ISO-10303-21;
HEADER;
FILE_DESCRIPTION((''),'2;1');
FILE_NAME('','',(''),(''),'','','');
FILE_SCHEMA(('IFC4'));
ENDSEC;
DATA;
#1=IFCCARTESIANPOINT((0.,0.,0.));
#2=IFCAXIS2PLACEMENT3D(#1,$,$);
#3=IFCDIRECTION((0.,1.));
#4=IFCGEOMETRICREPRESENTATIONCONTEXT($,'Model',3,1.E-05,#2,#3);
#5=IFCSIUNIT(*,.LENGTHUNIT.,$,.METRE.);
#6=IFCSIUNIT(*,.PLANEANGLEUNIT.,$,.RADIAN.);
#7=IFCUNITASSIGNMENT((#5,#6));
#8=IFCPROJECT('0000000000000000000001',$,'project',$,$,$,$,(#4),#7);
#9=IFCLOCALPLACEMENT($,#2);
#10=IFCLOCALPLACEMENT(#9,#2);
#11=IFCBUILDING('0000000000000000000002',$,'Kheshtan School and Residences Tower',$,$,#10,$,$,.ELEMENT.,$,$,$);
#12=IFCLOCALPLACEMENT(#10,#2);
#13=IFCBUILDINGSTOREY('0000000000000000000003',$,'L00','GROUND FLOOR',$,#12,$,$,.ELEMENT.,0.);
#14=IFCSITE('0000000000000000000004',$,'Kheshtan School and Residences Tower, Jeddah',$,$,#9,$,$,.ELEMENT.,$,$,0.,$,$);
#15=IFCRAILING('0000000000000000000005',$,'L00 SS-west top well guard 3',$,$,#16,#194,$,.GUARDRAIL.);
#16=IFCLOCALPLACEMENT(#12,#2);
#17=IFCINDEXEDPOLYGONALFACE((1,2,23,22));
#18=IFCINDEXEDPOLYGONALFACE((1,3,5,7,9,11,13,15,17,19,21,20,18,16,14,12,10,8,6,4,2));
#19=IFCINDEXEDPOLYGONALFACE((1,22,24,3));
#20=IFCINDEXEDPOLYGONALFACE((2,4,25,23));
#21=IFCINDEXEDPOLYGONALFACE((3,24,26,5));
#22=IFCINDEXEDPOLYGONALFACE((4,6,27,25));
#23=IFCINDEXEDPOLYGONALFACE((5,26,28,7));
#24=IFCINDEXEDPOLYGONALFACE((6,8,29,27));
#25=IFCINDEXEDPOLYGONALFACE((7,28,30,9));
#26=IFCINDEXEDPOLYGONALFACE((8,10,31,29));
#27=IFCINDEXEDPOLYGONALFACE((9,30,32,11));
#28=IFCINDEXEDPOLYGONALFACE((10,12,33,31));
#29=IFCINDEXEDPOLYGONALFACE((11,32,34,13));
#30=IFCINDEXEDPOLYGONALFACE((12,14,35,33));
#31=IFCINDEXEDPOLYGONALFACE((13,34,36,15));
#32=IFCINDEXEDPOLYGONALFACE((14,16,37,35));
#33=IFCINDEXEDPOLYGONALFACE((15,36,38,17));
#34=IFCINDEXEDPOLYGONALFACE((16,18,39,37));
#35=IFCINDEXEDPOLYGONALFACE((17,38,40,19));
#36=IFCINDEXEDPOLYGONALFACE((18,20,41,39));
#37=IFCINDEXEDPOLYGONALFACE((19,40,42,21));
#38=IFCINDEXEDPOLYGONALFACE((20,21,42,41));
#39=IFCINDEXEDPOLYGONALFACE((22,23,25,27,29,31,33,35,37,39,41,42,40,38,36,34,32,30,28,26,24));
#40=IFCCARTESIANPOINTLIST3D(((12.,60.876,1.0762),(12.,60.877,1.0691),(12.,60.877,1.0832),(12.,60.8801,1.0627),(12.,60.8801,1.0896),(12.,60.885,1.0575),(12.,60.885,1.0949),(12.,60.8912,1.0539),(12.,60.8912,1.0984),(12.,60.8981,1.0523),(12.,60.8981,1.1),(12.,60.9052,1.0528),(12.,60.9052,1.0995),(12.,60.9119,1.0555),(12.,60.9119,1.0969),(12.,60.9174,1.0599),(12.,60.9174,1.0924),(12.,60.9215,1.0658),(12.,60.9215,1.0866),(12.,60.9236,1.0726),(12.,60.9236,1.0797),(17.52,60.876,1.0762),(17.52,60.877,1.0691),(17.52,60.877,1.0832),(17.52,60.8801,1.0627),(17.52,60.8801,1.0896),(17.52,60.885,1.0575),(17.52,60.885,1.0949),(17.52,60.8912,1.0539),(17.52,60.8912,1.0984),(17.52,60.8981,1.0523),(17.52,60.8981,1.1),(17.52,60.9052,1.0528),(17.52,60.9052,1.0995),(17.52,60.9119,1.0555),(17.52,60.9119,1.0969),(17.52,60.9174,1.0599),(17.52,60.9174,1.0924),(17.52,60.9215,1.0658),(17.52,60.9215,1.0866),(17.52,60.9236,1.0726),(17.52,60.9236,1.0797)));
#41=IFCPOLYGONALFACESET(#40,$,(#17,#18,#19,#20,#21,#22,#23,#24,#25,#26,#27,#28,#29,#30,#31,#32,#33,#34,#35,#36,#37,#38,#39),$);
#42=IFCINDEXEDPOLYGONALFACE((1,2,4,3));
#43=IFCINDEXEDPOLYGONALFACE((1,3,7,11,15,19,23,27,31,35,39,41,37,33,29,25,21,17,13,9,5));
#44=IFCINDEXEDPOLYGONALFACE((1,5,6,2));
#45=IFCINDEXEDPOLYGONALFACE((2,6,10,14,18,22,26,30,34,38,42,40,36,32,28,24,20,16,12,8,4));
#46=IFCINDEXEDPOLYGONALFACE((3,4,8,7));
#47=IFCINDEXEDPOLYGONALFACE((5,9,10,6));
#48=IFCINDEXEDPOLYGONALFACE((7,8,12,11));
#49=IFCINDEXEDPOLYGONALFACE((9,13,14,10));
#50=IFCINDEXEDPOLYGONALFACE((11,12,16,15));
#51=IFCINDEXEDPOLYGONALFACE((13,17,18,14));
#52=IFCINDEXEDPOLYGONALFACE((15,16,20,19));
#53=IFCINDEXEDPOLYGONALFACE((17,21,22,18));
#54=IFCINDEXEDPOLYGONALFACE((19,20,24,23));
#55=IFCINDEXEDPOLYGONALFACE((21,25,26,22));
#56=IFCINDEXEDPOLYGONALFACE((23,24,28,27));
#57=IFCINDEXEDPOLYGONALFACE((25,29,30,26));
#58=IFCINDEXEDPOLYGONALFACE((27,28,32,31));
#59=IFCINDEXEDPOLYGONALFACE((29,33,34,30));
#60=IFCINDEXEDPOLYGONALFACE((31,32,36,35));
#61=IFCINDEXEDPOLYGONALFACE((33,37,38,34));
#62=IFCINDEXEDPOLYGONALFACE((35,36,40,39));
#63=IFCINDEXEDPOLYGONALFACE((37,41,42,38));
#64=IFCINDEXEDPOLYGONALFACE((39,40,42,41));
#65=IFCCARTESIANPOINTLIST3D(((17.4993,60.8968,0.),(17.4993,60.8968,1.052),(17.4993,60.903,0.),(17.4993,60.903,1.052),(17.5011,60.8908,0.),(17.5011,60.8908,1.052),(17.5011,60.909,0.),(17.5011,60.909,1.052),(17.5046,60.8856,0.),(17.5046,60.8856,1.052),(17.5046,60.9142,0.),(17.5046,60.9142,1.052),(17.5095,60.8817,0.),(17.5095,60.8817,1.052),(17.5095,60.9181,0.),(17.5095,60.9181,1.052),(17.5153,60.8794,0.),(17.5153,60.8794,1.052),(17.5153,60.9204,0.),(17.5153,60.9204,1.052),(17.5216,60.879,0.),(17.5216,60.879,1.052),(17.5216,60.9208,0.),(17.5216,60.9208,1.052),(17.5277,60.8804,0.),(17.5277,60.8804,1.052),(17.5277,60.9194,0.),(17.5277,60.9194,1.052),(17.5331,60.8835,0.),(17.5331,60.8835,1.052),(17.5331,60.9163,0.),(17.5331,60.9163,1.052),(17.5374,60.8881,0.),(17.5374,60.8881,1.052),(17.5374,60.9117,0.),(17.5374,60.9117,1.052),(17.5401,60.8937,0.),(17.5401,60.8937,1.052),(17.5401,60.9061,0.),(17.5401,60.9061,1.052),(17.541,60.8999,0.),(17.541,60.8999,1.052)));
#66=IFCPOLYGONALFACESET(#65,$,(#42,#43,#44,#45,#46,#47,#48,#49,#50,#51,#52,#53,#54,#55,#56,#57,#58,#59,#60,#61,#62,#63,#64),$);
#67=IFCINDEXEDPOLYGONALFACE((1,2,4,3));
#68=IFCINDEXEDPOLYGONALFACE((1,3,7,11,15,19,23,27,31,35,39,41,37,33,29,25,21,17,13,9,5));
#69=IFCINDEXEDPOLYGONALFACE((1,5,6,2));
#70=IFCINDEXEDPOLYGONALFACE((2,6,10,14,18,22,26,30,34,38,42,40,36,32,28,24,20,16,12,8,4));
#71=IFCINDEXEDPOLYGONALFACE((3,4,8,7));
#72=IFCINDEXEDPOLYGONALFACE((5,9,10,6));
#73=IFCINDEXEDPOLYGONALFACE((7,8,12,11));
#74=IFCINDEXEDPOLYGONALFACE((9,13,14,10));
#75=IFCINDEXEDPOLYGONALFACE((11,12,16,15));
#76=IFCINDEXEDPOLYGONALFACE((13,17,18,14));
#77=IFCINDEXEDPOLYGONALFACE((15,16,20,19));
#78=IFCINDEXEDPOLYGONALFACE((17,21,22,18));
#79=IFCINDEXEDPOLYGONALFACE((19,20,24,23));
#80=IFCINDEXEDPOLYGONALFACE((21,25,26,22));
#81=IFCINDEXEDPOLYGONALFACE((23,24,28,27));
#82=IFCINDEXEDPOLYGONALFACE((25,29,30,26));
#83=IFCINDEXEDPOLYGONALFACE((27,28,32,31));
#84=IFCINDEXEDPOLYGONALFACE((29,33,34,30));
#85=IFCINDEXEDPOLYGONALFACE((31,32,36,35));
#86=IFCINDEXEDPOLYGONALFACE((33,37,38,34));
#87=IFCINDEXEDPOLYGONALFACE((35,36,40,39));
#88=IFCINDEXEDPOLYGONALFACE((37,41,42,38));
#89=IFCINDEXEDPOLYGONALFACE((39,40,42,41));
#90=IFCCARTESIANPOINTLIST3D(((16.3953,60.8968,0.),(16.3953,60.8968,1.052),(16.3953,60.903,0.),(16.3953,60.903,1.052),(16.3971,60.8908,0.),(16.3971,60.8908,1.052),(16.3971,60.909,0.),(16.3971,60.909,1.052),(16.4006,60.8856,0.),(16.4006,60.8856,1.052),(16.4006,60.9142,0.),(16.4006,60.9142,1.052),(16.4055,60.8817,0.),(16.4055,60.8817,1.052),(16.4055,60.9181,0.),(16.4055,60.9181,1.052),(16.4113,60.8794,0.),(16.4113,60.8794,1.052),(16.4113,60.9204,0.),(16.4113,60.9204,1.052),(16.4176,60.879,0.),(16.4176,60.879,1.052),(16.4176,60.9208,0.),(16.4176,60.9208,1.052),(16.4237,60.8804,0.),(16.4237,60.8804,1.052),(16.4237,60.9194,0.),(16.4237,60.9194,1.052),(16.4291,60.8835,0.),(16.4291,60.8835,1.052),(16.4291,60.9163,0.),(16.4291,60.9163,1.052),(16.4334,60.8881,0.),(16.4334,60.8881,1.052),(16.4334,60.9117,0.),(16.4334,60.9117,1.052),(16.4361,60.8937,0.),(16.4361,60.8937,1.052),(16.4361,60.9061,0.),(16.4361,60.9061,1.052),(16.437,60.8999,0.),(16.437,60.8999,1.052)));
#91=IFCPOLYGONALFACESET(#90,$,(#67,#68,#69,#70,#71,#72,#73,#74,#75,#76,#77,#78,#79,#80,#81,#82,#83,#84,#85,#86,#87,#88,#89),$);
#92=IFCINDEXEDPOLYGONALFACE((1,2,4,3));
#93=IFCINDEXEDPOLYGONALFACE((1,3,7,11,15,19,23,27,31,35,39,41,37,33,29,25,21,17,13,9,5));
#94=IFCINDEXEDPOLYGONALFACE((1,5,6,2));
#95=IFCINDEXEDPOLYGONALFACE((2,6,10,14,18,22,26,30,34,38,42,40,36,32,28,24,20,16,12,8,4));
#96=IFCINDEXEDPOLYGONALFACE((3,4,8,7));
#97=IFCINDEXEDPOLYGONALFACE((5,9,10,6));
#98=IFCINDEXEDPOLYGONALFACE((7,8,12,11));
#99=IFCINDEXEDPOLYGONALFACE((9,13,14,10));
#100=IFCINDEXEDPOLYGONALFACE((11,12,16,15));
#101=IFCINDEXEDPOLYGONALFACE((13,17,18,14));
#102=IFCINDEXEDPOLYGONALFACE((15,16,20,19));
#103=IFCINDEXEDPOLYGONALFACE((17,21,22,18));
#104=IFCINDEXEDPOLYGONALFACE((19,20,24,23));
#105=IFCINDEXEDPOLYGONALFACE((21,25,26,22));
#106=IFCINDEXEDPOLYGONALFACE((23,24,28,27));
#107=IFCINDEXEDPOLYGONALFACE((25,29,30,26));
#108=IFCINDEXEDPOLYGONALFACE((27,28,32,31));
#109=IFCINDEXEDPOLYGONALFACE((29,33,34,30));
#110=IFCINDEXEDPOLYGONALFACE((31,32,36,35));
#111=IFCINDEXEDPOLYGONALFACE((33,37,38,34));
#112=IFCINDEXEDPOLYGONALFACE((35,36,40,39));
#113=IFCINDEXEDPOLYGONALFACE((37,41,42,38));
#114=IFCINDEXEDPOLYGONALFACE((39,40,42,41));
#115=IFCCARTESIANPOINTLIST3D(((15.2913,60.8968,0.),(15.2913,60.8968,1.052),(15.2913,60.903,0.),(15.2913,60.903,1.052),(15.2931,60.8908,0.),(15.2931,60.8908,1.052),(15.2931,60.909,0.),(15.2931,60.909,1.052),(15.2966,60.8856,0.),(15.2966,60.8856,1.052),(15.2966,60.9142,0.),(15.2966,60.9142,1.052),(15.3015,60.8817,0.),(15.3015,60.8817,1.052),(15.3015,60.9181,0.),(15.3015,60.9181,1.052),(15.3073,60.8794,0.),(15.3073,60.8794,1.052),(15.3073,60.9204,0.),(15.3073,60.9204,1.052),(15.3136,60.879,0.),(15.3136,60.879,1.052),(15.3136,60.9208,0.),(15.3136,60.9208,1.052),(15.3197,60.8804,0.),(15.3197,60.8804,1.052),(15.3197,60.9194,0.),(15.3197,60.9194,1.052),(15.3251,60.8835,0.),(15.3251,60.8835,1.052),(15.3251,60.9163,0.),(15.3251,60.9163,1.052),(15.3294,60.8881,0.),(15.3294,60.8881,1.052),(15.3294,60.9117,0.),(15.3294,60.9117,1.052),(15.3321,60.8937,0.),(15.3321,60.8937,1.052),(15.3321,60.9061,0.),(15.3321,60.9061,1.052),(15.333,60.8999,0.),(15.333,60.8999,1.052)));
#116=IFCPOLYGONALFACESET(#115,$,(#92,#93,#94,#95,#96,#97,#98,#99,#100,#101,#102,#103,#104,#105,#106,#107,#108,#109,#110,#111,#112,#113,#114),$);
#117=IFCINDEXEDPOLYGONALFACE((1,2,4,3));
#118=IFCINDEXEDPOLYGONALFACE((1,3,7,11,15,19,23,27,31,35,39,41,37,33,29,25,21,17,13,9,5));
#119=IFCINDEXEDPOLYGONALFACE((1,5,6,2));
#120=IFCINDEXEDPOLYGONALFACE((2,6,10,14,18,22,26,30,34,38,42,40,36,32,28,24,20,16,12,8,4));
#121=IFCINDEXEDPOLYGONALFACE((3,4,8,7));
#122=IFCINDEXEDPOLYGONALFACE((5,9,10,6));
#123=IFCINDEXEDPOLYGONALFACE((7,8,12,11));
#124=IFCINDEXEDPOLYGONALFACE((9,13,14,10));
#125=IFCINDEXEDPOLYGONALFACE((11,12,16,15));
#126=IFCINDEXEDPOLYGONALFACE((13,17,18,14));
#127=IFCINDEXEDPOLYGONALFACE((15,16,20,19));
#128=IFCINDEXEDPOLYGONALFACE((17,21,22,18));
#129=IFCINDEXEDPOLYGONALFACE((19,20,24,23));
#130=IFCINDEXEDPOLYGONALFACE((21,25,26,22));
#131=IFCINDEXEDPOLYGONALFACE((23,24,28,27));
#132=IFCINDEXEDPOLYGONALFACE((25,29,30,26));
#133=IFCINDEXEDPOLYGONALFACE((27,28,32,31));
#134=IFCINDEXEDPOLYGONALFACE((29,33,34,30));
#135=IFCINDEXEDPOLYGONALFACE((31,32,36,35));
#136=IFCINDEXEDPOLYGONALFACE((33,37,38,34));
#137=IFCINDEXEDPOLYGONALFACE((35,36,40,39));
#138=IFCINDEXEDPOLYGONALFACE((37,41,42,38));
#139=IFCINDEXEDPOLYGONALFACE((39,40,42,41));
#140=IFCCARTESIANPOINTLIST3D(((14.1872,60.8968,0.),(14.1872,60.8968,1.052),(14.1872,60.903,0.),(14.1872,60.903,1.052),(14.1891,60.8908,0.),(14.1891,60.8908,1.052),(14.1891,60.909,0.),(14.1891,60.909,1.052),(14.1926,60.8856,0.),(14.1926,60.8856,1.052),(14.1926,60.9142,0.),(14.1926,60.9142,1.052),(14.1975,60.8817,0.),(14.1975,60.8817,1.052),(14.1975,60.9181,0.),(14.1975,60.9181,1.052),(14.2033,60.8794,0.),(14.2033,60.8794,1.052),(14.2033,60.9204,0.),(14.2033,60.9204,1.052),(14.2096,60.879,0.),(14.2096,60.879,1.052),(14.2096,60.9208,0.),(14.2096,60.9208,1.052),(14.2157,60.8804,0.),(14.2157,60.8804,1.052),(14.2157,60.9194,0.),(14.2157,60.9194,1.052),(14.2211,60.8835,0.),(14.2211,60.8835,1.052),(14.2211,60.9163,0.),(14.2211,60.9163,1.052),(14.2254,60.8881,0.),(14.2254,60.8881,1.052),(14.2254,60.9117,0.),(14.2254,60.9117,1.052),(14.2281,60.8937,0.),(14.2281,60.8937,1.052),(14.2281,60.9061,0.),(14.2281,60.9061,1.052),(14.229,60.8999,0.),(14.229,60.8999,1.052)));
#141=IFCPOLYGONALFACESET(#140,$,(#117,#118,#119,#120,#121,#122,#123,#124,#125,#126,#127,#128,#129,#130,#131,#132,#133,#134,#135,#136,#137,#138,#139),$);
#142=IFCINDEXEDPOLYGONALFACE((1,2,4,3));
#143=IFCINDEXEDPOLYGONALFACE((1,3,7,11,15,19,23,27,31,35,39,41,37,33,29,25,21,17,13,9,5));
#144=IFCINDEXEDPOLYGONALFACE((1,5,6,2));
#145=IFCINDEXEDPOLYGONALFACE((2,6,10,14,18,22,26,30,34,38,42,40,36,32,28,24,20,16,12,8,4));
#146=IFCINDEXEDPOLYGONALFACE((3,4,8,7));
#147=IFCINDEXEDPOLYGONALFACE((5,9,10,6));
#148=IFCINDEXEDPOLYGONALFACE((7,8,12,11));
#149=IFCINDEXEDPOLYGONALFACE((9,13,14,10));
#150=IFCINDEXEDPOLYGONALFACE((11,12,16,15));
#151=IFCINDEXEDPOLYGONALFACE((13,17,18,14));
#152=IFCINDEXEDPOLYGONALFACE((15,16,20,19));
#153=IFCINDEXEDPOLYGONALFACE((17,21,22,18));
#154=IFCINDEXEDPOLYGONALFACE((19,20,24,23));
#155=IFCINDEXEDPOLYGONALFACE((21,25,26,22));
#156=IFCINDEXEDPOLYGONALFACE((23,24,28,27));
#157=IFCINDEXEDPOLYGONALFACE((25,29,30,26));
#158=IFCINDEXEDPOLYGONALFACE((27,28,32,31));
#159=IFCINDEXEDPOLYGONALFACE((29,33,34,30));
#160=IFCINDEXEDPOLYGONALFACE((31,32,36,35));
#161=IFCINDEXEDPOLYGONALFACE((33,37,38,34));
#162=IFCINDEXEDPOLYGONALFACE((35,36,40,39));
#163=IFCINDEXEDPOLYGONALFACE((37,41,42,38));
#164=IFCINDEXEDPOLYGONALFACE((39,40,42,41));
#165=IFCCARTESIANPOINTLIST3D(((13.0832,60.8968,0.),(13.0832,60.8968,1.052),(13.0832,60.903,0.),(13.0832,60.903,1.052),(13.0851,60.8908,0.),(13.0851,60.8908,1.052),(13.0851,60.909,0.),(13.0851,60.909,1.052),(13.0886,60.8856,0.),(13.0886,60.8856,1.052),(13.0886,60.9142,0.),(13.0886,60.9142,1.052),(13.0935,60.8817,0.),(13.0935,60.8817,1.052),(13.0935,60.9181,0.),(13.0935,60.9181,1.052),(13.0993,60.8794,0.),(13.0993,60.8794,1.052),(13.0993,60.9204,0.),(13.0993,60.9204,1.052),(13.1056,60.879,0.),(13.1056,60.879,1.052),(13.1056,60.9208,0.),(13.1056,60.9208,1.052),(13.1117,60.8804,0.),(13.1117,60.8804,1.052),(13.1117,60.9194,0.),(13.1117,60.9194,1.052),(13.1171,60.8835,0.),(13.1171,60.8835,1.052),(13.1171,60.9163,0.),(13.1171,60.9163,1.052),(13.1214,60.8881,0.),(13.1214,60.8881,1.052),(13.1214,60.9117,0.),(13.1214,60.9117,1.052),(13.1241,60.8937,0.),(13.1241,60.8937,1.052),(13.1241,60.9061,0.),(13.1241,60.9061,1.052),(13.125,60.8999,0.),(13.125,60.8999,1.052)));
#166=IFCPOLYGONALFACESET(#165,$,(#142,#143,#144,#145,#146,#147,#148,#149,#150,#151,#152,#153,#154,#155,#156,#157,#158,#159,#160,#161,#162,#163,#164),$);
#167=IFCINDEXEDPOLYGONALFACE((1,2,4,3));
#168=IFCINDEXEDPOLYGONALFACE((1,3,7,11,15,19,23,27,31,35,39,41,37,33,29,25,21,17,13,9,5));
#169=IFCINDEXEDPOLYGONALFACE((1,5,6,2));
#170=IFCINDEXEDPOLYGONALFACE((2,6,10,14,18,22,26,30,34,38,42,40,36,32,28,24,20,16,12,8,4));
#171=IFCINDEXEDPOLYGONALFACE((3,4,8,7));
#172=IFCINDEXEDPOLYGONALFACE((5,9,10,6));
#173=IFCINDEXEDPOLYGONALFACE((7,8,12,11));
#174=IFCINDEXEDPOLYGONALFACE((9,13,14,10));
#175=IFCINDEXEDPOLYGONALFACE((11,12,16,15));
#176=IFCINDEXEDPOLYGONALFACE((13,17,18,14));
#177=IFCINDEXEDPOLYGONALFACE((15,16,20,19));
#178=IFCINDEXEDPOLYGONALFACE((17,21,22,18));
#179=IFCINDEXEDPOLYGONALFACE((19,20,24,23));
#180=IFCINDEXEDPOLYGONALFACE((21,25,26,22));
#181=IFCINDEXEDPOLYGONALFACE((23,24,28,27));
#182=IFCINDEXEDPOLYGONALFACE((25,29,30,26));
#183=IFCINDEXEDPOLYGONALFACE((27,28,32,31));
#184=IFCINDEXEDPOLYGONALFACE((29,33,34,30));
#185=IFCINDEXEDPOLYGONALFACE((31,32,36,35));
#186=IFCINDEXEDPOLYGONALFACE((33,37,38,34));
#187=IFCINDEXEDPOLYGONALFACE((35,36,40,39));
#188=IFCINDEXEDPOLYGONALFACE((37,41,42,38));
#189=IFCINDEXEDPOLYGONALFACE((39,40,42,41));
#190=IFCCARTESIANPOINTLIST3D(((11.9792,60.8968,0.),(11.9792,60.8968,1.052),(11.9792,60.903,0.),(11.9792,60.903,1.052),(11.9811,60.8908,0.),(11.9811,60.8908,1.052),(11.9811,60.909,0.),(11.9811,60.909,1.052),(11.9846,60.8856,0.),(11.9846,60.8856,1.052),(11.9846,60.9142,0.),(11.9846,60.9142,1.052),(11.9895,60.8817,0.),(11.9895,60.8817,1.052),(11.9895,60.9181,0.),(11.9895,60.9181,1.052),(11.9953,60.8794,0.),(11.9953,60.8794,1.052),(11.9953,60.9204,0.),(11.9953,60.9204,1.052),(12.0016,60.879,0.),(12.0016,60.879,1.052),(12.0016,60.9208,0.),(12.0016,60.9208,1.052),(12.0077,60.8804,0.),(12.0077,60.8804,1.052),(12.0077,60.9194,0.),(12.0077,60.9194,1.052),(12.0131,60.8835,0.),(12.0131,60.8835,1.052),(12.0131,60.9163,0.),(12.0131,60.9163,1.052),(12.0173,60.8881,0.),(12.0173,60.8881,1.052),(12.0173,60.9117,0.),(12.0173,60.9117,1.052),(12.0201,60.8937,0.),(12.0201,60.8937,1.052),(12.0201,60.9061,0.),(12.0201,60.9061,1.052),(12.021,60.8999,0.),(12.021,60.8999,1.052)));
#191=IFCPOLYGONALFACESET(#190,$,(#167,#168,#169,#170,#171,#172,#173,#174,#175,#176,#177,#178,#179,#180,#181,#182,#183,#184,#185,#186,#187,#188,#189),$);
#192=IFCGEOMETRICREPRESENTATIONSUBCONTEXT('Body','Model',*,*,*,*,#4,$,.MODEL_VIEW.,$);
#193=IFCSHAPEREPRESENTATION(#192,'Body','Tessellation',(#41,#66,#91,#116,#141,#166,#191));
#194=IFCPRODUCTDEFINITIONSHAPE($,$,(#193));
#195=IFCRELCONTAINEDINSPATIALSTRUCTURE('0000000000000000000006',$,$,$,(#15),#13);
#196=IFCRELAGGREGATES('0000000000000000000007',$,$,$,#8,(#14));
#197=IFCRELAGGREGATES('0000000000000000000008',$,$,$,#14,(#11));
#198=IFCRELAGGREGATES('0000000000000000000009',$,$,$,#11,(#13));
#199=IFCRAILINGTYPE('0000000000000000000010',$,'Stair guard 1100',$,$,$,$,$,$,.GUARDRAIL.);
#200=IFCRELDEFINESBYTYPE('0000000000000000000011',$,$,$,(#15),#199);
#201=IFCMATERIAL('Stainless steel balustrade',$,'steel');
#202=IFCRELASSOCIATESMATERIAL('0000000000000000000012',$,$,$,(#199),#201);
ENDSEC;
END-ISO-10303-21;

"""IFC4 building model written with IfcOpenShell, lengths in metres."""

from ifc_helpers import new_model, si_unit, direction, frame, origin, origin_2d, place, context, subcontext, project, spatial, circle, extrude, material, type_object, element, save


model = new_model("IFC4")

# Units and contexts
model_context = context("Model", 3, precision=1e-05, world=origin(), true_north=direction((0.0, 1.0)))
body_context = subcontext(model_context, "Body", "Model", "MODEL_VIEW")
ifc_project = project(units=[si_unit("LENGTHUNIT", "METRE"), si_unit("PLANEANGLEUNIT", "RADIAN")], contexts=[model_context])

# Site, building, storey
site_placement = place(None, origin())
site = spatial("IfcSite", under=ifc_project, at=site_placement, Name="Kheshtan School and Residences Tower, Jeddah", CompositionType="ELEMENT", RefElevation=0.0)
building_placement = place(site_placement, origin())
building = spatial("IfcBuilding", under=site, at=building_placement, Name="Kheshtan School and Residences Tower", CompositionType="ELEMENT")
storey_placement = place(building_placement, origin())
storey = spatial("IfcBuildingStorey", under=building, at=storey_placement, Name="L00", Description="GROUND FLOOR", CompositionType="ELEMENT", Elevation=0.0)

# Railing
ifc_material_1 = material(Name="Stainless steel balustrade", Category="steel")
railing_type = type_object("IfcRailingType", Name="Stair guard 1100", PredefinedType="GUARDRAIL", material=ifc_material_1)
for number, where, name in (
    (1, (17.52, 60.8999, 0.0), "L00 SS-west top well guard 3"),
):
    element("IfcRailing", number, at=place(storey_placement, frame(where)), inside=storey, type_object=railing_type, Name=name, PredefinedType="GUARDRAIL", context=body_context, shape_type="SweptSolid", body=[
        extrude(circle(Radius=0.0239, at=origin_2d()), frame((0.0, 0.0, 1.0762), z_axis=(-1.0, 0.0, 0.0), x_axis=(0.0, -1.0, 0.0)), (0.0, 0.0, 1.0), 5.52),
        extrude(circle(Radius=0.021, at=origin_2d()), origin(), (0.0, 0.0, 1.0), 1.052),
        extrude(circle(Radius=0.021, at=origin_2d()), frame((-1.104, 0.0, 0.0)), (0.0, 0.0, 1.0), 1.052),
        extrude(circle(Radius=0.021, at=origin_2d()), frame((-2.208, 0.0, 0.0)), (0.0, 0.0, 1.0), 1.052),
        extrude(circle(Radius=0.021, at=origin_2d()), frame((-3.312, 0.0, 0.0)), (0.0, 0.0, 1.0), 1.052),
        extrude(circle(Radius=0.021, at=origin_2d()), frame((-4.416, 0.0, 0.0)), (0.0, 0.0, 1.0), 1.052),
        extrude(circle(Radius=0.021, at=origin_2d()), frame((-5.52, 0.0, 0.0)), (0.0, 0.0, 1.0), 1.052),
    ])

save(model, "model.ifc")
